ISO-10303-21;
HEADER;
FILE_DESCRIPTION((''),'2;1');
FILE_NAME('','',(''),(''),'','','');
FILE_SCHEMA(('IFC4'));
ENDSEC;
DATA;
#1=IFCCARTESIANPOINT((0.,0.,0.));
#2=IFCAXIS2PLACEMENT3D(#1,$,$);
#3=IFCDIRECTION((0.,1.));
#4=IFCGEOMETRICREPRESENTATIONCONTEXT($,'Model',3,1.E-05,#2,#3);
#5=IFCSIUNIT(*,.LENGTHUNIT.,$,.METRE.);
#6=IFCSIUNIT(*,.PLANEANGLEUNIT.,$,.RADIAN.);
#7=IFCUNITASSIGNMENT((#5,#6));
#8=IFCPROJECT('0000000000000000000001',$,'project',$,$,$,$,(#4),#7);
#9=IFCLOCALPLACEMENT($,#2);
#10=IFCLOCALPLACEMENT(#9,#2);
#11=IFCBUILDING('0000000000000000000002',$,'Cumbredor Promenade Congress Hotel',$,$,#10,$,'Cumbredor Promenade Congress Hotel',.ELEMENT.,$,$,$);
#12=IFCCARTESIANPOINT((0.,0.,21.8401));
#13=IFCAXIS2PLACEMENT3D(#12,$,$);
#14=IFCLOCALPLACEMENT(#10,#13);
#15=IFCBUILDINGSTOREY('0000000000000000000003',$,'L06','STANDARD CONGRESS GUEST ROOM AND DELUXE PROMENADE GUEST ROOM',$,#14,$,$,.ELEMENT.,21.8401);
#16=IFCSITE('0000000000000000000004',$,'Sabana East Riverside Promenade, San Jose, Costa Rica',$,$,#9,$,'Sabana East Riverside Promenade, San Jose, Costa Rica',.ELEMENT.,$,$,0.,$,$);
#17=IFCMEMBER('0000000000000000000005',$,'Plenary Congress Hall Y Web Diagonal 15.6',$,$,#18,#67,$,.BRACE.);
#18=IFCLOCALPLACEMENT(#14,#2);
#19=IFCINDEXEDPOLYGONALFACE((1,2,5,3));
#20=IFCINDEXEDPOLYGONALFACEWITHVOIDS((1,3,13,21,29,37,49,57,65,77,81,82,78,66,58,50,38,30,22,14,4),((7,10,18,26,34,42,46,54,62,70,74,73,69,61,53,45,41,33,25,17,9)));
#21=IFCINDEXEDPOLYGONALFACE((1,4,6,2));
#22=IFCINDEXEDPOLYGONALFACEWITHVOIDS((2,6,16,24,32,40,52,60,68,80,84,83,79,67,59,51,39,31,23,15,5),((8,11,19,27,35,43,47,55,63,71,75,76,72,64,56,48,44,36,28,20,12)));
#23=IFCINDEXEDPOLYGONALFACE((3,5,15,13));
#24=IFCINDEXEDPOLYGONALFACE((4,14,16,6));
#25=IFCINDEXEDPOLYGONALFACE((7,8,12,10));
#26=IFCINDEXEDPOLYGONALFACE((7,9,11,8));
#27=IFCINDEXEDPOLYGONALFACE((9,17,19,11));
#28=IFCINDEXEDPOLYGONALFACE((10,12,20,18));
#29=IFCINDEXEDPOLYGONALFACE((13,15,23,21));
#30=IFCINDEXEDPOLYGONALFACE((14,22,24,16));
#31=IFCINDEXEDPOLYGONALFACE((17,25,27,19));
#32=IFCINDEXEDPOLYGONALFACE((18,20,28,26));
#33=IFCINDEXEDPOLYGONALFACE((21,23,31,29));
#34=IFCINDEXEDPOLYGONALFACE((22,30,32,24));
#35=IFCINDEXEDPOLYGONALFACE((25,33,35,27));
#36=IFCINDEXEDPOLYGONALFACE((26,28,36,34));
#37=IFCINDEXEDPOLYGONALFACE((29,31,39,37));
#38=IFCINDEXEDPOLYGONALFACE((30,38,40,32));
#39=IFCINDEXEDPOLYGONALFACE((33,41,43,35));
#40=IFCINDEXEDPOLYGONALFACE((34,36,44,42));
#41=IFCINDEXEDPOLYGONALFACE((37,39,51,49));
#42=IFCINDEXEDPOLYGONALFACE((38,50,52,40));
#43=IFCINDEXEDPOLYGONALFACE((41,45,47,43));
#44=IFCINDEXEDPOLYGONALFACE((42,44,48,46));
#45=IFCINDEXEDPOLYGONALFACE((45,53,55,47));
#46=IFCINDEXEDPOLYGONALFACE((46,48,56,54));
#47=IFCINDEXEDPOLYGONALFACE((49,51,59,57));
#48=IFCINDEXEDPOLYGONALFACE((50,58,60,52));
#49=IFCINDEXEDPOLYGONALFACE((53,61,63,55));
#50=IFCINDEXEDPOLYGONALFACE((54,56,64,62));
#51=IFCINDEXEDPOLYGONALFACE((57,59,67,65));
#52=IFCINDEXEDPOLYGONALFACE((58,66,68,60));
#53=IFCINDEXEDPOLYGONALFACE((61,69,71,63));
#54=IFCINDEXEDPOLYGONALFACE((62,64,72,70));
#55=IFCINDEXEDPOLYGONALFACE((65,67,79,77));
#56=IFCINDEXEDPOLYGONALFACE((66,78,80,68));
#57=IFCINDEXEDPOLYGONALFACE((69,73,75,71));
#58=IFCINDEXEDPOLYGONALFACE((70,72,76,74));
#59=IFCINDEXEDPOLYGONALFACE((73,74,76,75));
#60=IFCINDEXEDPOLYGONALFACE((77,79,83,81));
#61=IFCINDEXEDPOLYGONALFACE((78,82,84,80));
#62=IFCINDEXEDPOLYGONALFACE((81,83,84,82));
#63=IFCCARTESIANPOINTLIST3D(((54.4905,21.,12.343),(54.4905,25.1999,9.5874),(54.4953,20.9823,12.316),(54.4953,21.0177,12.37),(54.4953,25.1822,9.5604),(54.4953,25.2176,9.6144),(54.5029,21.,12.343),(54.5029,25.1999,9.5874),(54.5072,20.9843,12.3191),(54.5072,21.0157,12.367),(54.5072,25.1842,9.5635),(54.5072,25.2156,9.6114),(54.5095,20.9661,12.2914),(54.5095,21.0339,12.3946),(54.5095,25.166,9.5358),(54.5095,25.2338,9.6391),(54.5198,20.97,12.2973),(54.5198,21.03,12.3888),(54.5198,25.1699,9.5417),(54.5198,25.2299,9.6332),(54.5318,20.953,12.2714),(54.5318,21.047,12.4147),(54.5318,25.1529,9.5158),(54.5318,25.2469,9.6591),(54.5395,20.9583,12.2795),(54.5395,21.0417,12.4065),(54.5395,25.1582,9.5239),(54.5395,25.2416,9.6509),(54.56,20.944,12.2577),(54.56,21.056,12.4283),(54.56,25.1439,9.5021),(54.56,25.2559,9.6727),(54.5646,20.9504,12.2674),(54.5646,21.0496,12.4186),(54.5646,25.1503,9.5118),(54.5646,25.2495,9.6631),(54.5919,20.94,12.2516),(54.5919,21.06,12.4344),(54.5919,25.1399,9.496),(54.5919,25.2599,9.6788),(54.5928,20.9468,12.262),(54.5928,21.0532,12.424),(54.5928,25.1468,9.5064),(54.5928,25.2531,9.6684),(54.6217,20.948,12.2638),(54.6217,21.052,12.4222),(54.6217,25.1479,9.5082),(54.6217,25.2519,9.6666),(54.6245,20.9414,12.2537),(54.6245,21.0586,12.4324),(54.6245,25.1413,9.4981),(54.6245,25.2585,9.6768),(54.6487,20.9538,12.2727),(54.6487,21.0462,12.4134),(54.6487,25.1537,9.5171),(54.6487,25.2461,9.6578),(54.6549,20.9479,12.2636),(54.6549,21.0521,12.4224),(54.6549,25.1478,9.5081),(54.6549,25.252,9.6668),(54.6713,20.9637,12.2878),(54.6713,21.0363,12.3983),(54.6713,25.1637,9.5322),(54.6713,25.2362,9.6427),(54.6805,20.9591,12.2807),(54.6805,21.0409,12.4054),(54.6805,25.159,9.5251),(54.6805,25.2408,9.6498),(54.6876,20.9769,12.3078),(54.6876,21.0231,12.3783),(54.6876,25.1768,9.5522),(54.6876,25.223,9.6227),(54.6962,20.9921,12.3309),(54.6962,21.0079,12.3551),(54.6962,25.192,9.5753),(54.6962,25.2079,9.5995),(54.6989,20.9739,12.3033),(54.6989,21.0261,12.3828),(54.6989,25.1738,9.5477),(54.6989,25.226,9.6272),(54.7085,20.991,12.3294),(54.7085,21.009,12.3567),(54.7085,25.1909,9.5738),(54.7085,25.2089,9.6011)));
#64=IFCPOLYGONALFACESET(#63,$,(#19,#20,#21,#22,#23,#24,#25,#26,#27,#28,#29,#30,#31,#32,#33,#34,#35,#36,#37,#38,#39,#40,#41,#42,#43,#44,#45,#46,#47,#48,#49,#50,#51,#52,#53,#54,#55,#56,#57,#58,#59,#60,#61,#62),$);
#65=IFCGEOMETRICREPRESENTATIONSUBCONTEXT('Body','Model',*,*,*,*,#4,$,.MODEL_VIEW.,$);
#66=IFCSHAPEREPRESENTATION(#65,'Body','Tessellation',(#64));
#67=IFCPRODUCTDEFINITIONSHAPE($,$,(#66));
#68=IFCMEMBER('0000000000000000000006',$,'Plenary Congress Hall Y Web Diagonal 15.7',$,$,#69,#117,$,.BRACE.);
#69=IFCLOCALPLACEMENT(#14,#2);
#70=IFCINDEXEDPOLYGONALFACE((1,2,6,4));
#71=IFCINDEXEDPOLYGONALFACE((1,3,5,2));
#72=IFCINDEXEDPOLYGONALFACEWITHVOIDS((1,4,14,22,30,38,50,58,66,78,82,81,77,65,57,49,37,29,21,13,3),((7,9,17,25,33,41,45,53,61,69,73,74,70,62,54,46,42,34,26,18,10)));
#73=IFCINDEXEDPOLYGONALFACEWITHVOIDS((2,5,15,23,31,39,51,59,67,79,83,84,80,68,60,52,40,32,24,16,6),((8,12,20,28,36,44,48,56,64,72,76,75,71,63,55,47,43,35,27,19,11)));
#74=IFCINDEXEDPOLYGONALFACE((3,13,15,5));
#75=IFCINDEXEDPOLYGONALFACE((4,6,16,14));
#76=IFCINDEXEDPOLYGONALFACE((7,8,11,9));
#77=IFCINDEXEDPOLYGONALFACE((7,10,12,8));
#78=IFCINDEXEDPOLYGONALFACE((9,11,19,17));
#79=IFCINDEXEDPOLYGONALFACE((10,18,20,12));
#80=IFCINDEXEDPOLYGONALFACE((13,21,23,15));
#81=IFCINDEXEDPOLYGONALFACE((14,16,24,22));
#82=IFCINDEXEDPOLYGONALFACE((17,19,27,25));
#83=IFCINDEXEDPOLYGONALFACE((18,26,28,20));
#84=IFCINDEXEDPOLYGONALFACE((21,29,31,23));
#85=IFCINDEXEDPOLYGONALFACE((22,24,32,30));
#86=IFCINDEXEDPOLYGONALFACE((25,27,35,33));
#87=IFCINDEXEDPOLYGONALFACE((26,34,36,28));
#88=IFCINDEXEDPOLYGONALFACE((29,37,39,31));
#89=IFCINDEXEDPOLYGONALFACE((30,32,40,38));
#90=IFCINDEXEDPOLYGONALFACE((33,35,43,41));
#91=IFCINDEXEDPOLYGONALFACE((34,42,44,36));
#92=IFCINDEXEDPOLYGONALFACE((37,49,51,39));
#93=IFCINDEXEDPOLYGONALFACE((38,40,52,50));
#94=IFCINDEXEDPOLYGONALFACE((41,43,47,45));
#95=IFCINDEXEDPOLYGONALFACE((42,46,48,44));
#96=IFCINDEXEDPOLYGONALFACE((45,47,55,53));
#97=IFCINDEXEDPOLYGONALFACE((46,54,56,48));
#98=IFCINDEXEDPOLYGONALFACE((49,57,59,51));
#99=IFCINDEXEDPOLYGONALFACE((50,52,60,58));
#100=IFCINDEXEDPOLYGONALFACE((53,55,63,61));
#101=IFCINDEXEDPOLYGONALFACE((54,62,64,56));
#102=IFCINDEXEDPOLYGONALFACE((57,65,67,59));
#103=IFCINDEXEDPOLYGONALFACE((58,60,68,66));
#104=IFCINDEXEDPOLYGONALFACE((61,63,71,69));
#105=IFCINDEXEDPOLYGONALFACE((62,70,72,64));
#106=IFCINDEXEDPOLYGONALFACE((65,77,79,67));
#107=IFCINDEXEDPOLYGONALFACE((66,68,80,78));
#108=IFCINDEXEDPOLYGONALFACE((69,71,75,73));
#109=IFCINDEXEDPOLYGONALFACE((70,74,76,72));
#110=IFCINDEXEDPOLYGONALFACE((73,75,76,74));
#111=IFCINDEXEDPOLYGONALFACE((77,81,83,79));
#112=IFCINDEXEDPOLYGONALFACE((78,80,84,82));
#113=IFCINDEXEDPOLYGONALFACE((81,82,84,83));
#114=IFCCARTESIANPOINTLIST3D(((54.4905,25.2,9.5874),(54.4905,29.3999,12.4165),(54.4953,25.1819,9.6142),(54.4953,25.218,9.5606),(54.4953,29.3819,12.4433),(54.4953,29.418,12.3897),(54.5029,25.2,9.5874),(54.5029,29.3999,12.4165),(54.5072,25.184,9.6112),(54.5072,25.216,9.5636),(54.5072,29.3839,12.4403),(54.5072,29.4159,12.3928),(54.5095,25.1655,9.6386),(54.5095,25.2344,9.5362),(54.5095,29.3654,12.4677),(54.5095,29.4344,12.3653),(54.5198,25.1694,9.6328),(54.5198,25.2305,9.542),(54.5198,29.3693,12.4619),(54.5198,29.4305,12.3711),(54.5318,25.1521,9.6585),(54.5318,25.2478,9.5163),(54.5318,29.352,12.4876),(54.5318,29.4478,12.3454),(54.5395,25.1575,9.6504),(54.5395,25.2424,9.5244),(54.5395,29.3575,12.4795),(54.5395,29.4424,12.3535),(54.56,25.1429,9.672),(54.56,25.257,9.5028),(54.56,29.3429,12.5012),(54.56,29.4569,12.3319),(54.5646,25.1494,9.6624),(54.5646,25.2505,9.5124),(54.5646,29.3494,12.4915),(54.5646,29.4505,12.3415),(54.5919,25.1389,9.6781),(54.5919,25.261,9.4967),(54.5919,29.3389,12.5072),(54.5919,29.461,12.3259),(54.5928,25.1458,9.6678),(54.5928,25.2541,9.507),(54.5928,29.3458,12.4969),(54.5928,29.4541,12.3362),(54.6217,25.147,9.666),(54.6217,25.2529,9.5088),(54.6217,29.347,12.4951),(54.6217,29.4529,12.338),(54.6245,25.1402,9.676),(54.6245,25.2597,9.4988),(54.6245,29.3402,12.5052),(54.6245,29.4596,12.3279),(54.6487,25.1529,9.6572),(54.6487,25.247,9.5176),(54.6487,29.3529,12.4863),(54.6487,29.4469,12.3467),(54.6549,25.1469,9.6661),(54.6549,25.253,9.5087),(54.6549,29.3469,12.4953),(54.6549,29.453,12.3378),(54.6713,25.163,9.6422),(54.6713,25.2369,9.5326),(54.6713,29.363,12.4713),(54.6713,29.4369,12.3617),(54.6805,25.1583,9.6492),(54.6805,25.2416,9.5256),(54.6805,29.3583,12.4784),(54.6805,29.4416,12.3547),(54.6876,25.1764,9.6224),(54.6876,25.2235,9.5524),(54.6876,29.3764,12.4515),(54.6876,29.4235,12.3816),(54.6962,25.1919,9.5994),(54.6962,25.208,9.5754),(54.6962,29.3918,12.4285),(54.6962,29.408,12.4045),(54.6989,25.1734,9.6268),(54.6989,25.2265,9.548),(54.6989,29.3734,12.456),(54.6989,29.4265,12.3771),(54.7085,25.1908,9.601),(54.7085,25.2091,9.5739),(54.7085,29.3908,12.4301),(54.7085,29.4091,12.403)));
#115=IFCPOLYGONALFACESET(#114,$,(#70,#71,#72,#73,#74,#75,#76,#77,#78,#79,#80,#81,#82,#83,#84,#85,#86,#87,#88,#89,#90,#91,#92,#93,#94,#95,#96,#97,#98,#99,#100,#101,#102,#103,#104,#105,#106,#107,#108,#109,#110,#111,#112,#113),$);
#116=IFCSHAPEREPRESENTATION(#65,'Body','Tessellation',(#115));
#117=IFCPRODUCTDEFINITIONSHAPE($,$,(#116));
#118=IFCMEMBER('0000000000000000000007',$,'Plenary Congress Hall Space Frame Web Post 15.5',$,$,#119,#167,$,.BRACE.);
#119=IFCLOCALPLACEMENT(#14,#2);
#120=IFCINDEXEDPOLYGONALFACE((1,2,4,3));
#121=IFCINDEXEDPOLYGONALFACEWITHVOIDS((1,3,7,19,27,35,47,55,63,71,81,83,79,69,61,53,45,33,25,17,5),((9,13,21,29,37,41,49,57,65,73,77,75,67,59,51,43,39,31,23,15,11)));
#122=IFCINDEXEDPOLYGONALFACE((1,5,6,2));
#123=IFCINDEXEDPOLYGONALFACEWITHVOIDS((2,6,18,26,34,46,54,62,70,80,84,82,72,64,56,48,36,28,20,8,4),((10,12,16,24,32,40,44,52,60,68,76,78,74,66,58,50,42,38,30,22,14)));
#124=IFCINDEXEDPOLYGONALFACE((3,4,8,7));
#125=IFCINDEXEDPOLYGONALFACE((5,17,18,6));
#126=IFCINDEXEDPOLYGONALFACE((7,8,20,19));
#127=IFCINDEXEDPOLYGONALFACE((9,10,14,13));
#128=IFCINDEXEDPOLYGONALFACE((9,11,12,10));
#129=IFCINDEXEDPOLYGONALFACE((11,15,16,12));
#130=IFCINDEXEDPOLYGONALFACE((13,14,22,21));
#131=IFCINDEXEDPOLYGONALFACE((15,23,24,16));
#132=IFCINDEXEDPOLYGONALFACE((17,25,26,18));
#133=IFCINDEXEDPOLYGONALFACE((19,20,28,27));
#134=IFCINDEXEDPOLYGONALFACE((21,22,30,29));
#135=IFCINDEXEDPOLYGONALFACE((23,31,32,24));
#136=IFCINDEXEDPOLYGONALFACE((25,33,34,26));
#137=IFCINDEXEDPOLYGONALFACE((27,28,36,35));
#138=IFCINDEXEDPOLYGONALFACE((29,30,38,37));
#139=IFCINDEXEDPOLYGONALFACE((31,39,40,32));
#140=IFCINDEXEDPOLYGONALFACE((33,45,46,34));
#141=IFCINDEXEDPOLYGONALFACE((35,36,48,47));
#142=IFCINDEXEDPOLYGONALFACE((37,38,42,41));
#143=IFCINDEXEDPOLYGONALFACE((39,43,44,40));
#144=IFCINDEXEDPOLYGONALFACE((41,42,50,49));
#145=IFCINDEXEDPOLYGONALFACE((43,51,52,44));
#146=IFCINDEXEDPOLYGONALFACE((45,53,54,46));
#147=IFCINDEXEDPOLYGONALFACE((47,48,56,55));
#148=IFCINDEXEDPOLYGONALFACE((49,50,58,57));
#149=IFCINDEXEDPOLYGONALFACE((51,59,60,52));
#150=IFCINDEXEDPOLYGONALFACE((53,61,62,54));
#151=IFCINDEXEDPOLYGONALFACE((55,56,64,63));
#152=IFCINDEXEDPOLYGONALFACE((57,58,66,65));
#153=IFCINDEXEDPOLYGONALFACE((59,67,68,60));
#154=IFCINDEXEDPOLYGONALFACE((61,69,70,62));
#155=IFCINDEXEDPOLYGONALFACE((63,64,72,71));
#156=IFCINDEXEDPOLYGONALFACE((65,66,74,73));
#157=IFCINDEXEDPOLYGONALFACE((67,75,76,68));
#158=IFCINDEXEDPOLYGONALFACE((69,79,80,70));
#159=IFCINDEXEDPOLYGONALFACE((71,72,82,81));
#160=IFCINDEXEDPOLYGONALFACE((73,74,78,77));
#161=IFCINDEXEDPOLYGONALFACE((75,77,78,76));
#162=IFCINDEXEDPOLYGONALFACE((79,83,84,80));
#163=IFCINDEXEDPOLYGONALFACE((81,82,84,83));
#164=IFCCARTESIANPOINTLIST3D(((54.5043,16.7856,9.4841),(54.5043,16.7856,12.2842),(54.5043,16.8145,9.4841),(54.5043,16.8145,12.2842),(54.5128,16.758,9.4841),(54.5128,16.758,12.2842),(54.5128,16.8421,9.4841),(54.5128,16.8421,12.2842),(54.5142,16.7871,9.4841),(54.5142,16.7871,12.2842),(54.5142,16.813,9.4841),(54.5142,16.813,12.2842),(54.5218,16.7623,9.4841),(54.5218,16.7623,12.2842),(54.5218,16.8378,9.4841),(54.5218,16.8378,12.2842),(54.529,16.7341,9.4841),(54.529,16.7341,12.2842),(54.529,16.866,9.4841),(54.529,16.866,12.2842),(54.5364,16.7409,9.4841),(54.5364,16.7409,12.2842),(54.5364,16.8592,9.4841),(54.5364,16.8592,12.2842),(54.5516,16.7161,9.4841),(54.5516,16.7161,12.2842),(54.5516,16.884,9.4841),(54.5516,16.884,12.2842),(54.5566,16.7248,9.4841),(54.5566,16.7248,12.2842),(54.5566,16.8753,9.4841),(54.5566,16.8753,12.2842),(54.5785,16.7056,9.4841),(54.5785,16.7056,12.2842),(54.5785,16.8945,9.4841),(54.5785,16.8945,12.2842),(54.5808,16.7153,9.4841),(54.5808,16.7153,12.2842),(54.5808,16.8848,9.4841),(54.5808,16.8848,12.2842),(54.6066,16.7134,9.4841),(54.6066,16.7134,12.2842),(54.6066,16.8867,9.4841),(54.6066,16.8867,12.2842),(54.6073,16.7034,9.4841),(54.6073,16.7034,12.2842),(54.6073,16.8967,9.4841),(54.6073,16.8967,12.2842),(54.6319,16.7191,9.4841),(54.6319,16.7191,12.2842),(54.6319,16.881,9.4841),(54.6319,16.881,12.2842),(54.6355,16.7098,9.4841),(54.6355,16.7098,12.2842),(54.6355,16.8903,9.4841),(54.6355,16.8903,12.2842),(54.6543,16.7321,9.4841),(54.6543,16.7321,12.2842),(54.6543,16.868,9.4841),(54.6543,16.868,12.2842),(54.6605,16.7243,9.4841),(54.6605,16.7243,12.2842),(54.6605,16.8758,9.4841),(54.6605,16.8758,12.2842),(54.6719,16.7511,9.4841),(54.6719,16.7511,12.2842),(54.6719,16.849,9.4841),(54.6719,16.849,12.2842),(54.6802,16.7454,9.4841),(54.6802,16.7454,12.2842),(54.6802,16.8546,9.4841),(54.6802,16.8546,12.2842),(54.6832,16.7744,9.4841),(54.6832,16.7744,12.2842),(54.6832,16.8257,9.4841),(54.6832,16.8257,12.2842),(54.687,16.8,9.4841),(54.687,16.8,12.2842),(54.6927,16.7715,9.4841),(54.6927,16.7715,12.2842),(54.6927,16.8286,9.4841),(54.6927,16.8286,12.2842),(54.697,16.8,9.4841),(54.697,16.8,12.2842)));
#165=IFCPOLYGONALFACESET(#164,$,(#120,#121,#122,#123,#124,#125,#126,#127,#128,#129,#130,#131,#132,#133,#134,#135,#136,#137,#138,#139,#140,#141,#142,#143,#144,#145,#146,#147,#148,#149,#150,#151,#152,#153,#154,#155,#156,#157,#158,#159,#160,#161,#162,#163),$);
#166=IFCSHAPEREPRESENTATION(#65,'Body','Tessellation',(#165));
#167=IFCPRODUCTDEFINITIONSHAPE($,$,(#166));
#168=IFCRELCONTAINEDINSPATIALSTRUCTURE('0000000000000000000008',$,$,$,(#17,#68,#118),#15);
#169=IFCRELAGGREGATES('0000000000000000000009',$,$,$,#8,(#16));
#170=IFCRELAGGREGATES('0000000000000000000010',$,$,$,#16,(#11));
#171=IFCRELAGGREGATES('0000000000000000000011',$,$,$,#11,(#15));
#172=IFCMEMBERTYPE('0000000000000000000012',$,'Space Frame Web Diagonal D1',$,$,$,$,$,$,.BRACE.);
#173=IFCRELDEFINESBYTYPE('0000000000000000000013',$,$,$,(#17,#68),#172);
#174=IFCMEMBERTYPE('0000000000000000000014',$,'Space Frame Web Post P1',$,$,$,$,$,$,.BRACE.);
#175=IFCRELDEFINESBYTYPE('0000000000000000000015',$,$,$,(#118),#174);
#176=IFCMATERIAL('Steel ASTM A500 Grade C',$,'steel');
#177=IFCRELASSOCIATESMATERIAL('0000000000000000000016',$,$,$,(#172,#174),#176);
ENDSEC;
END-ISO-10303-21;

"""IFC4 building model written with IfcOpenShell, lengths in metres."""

from ifc_helpers import new_model, si_unit, direction, frame, origin, origin_2d, place, context, subcontext, project, spatial, hollow_circle, extrude, material, material_profile, profile_set, type_object, element, save


model = new_model("IFC4")

# Units and contexts
model_context = context("Model", 3, precision=1e-05, world=origin(), true_north=direction((0.0, 1.0)))
body_context = subcontext(model_context, "Body", "Model", "MODEL_VIEW")
ifc_project = project(units=[si_unit("LENGTHUNIT", "METRE"), si_unit("PLANEANGLEUNIT", "RADIAN")], contexts=[model_context])

# Site, building, storey
site_placement = place(None, origin())
site = spatial("IfcSite", under=ifc_project, at=site_placement, Name="Sabana East Riverside Promenade, San Jose, Costa Rica", LongName="Sabana East Riverside Promenade, San Jose, Costa Rica", CompositionType="ELEMENT", RefElevation=0.0)
building_placement = place(site_placement, origin())
building = spatial("IfcBuilding", under=site, at=building_placement, Name="Cumbredor Promenade Congress Hotel", LongName="Cumbredor Promenade Congress Hotel", CompositionType="ELEMENT")
storey_placement = place(building_placement, frame((0.0, 0.0, 21.8401)))
storey = spatial("IfcBuildingStorey", under=building, at=storey_placement, Name="L06", Description="STANDARD CONGRESS GUEST ROOM AND DELUXE PROMENADE GUEST ROOM", CompositionType="ELEMENT", Elevation=21.8401)

# Members
ifc_material_1 = material(Name="Steel ASTM A500 Grade C", Category="steel")
ifc_material_profile_1 = material_profile(ifc_material_1, hollow_circle(Radius=0.1096, WallThickness=0.0125, at=origin_2d()), Name="CHS 219.1x12.5")
ifc_profile_set_1 = profile_set([ifc_material_profile_1], Name="Steel ASTM A500 Grade C")
member_type_1 = type_object("IfcMemberType", Name="Space Frame Web Diagonal D1", PredefinedType="BRACE", material=ifc_profile_set_1)
member_1_placement = place(storey_placement, frame((54.6001, 21.0, 12.343), z_axis=(0.0, 0.836103, -0.548573), x_axis=(-1.0, 0.0, 0.0)))
element("IfcMember", 1, at=member_1_placement, inside=storey, type_object=member_type_1, Name="Plenary Congress Hall Y Web Diagonal 15.6", PredefinedType="BRACE", context=body_context, shape_type="SweptSolid", body=[
    extrude(hollow_circle(Radius=0.1096, WallThickness=0.0125, at=origin_2d()), origin(), (0.0, 0.0, 1.0), 5.0232),
])
member_2_placement = place(storey_placement, frame((54.6001, 25.2, 9.5874), z_axis=(0.0, 0.829385, 0.558677), x_axis=(-1.0, 0.0, 0.0)))
element("IfcMember", 2, at=member_2_placement, inside=storey, type_object=member_type_1, Name="Plenary Congress Hall Y Web Diagonal 15.7", PredefinedType="BRACE", context=body_context, shape_type="SweptSolid", body=[
    extrude(hollow_circle(Radius=0.1096, WallThickness=0.0125, at=origin_2d()), origin(), (0.0, 0.0, 1.0), 5.064),
])
ifc_material_profile_2 = material_profile(ifc_material_1, hollow_circle(Radius=0.0969, WallThickness=0.01, at=origin_2d()), Name="CHS 193.7x10")
ifc_profile_set_2 = profile_set([ifc_material_profile_2], Name="Steel ASTM A500 Grade C")
member_type_2 = type_object("IfcMemberType", Name="Space Frame Web Post P1", PredefinedType="BRACE", material=ifc_profile_set_2)
for number, where, z_axis, x_axis, name in (
    (3, (54.6001, 16.8, 9.4841), (0.0, 0.0, 1.0), (1.0, 0.0, 0.0), "Plenary Congress Hall Space Frame Web Post 15.5"),
):
    element("IfcMember", number, at=place(storey_placement, frame(where, z_axis=z_axis, x_axis=x_axis)), inside=storey, type_object=member_type_2, Name=name, PredefinedType="BRACE", context=body_context, shape_type="SweptSolid", body=[
        extrude(hollow_circle(Radius=0.0969, WallThickness=0.01, at=origin_2d()), origin(), (0.0, 0.0, 1.0), 2.8),
    ])

save(model, "model.ifc")
